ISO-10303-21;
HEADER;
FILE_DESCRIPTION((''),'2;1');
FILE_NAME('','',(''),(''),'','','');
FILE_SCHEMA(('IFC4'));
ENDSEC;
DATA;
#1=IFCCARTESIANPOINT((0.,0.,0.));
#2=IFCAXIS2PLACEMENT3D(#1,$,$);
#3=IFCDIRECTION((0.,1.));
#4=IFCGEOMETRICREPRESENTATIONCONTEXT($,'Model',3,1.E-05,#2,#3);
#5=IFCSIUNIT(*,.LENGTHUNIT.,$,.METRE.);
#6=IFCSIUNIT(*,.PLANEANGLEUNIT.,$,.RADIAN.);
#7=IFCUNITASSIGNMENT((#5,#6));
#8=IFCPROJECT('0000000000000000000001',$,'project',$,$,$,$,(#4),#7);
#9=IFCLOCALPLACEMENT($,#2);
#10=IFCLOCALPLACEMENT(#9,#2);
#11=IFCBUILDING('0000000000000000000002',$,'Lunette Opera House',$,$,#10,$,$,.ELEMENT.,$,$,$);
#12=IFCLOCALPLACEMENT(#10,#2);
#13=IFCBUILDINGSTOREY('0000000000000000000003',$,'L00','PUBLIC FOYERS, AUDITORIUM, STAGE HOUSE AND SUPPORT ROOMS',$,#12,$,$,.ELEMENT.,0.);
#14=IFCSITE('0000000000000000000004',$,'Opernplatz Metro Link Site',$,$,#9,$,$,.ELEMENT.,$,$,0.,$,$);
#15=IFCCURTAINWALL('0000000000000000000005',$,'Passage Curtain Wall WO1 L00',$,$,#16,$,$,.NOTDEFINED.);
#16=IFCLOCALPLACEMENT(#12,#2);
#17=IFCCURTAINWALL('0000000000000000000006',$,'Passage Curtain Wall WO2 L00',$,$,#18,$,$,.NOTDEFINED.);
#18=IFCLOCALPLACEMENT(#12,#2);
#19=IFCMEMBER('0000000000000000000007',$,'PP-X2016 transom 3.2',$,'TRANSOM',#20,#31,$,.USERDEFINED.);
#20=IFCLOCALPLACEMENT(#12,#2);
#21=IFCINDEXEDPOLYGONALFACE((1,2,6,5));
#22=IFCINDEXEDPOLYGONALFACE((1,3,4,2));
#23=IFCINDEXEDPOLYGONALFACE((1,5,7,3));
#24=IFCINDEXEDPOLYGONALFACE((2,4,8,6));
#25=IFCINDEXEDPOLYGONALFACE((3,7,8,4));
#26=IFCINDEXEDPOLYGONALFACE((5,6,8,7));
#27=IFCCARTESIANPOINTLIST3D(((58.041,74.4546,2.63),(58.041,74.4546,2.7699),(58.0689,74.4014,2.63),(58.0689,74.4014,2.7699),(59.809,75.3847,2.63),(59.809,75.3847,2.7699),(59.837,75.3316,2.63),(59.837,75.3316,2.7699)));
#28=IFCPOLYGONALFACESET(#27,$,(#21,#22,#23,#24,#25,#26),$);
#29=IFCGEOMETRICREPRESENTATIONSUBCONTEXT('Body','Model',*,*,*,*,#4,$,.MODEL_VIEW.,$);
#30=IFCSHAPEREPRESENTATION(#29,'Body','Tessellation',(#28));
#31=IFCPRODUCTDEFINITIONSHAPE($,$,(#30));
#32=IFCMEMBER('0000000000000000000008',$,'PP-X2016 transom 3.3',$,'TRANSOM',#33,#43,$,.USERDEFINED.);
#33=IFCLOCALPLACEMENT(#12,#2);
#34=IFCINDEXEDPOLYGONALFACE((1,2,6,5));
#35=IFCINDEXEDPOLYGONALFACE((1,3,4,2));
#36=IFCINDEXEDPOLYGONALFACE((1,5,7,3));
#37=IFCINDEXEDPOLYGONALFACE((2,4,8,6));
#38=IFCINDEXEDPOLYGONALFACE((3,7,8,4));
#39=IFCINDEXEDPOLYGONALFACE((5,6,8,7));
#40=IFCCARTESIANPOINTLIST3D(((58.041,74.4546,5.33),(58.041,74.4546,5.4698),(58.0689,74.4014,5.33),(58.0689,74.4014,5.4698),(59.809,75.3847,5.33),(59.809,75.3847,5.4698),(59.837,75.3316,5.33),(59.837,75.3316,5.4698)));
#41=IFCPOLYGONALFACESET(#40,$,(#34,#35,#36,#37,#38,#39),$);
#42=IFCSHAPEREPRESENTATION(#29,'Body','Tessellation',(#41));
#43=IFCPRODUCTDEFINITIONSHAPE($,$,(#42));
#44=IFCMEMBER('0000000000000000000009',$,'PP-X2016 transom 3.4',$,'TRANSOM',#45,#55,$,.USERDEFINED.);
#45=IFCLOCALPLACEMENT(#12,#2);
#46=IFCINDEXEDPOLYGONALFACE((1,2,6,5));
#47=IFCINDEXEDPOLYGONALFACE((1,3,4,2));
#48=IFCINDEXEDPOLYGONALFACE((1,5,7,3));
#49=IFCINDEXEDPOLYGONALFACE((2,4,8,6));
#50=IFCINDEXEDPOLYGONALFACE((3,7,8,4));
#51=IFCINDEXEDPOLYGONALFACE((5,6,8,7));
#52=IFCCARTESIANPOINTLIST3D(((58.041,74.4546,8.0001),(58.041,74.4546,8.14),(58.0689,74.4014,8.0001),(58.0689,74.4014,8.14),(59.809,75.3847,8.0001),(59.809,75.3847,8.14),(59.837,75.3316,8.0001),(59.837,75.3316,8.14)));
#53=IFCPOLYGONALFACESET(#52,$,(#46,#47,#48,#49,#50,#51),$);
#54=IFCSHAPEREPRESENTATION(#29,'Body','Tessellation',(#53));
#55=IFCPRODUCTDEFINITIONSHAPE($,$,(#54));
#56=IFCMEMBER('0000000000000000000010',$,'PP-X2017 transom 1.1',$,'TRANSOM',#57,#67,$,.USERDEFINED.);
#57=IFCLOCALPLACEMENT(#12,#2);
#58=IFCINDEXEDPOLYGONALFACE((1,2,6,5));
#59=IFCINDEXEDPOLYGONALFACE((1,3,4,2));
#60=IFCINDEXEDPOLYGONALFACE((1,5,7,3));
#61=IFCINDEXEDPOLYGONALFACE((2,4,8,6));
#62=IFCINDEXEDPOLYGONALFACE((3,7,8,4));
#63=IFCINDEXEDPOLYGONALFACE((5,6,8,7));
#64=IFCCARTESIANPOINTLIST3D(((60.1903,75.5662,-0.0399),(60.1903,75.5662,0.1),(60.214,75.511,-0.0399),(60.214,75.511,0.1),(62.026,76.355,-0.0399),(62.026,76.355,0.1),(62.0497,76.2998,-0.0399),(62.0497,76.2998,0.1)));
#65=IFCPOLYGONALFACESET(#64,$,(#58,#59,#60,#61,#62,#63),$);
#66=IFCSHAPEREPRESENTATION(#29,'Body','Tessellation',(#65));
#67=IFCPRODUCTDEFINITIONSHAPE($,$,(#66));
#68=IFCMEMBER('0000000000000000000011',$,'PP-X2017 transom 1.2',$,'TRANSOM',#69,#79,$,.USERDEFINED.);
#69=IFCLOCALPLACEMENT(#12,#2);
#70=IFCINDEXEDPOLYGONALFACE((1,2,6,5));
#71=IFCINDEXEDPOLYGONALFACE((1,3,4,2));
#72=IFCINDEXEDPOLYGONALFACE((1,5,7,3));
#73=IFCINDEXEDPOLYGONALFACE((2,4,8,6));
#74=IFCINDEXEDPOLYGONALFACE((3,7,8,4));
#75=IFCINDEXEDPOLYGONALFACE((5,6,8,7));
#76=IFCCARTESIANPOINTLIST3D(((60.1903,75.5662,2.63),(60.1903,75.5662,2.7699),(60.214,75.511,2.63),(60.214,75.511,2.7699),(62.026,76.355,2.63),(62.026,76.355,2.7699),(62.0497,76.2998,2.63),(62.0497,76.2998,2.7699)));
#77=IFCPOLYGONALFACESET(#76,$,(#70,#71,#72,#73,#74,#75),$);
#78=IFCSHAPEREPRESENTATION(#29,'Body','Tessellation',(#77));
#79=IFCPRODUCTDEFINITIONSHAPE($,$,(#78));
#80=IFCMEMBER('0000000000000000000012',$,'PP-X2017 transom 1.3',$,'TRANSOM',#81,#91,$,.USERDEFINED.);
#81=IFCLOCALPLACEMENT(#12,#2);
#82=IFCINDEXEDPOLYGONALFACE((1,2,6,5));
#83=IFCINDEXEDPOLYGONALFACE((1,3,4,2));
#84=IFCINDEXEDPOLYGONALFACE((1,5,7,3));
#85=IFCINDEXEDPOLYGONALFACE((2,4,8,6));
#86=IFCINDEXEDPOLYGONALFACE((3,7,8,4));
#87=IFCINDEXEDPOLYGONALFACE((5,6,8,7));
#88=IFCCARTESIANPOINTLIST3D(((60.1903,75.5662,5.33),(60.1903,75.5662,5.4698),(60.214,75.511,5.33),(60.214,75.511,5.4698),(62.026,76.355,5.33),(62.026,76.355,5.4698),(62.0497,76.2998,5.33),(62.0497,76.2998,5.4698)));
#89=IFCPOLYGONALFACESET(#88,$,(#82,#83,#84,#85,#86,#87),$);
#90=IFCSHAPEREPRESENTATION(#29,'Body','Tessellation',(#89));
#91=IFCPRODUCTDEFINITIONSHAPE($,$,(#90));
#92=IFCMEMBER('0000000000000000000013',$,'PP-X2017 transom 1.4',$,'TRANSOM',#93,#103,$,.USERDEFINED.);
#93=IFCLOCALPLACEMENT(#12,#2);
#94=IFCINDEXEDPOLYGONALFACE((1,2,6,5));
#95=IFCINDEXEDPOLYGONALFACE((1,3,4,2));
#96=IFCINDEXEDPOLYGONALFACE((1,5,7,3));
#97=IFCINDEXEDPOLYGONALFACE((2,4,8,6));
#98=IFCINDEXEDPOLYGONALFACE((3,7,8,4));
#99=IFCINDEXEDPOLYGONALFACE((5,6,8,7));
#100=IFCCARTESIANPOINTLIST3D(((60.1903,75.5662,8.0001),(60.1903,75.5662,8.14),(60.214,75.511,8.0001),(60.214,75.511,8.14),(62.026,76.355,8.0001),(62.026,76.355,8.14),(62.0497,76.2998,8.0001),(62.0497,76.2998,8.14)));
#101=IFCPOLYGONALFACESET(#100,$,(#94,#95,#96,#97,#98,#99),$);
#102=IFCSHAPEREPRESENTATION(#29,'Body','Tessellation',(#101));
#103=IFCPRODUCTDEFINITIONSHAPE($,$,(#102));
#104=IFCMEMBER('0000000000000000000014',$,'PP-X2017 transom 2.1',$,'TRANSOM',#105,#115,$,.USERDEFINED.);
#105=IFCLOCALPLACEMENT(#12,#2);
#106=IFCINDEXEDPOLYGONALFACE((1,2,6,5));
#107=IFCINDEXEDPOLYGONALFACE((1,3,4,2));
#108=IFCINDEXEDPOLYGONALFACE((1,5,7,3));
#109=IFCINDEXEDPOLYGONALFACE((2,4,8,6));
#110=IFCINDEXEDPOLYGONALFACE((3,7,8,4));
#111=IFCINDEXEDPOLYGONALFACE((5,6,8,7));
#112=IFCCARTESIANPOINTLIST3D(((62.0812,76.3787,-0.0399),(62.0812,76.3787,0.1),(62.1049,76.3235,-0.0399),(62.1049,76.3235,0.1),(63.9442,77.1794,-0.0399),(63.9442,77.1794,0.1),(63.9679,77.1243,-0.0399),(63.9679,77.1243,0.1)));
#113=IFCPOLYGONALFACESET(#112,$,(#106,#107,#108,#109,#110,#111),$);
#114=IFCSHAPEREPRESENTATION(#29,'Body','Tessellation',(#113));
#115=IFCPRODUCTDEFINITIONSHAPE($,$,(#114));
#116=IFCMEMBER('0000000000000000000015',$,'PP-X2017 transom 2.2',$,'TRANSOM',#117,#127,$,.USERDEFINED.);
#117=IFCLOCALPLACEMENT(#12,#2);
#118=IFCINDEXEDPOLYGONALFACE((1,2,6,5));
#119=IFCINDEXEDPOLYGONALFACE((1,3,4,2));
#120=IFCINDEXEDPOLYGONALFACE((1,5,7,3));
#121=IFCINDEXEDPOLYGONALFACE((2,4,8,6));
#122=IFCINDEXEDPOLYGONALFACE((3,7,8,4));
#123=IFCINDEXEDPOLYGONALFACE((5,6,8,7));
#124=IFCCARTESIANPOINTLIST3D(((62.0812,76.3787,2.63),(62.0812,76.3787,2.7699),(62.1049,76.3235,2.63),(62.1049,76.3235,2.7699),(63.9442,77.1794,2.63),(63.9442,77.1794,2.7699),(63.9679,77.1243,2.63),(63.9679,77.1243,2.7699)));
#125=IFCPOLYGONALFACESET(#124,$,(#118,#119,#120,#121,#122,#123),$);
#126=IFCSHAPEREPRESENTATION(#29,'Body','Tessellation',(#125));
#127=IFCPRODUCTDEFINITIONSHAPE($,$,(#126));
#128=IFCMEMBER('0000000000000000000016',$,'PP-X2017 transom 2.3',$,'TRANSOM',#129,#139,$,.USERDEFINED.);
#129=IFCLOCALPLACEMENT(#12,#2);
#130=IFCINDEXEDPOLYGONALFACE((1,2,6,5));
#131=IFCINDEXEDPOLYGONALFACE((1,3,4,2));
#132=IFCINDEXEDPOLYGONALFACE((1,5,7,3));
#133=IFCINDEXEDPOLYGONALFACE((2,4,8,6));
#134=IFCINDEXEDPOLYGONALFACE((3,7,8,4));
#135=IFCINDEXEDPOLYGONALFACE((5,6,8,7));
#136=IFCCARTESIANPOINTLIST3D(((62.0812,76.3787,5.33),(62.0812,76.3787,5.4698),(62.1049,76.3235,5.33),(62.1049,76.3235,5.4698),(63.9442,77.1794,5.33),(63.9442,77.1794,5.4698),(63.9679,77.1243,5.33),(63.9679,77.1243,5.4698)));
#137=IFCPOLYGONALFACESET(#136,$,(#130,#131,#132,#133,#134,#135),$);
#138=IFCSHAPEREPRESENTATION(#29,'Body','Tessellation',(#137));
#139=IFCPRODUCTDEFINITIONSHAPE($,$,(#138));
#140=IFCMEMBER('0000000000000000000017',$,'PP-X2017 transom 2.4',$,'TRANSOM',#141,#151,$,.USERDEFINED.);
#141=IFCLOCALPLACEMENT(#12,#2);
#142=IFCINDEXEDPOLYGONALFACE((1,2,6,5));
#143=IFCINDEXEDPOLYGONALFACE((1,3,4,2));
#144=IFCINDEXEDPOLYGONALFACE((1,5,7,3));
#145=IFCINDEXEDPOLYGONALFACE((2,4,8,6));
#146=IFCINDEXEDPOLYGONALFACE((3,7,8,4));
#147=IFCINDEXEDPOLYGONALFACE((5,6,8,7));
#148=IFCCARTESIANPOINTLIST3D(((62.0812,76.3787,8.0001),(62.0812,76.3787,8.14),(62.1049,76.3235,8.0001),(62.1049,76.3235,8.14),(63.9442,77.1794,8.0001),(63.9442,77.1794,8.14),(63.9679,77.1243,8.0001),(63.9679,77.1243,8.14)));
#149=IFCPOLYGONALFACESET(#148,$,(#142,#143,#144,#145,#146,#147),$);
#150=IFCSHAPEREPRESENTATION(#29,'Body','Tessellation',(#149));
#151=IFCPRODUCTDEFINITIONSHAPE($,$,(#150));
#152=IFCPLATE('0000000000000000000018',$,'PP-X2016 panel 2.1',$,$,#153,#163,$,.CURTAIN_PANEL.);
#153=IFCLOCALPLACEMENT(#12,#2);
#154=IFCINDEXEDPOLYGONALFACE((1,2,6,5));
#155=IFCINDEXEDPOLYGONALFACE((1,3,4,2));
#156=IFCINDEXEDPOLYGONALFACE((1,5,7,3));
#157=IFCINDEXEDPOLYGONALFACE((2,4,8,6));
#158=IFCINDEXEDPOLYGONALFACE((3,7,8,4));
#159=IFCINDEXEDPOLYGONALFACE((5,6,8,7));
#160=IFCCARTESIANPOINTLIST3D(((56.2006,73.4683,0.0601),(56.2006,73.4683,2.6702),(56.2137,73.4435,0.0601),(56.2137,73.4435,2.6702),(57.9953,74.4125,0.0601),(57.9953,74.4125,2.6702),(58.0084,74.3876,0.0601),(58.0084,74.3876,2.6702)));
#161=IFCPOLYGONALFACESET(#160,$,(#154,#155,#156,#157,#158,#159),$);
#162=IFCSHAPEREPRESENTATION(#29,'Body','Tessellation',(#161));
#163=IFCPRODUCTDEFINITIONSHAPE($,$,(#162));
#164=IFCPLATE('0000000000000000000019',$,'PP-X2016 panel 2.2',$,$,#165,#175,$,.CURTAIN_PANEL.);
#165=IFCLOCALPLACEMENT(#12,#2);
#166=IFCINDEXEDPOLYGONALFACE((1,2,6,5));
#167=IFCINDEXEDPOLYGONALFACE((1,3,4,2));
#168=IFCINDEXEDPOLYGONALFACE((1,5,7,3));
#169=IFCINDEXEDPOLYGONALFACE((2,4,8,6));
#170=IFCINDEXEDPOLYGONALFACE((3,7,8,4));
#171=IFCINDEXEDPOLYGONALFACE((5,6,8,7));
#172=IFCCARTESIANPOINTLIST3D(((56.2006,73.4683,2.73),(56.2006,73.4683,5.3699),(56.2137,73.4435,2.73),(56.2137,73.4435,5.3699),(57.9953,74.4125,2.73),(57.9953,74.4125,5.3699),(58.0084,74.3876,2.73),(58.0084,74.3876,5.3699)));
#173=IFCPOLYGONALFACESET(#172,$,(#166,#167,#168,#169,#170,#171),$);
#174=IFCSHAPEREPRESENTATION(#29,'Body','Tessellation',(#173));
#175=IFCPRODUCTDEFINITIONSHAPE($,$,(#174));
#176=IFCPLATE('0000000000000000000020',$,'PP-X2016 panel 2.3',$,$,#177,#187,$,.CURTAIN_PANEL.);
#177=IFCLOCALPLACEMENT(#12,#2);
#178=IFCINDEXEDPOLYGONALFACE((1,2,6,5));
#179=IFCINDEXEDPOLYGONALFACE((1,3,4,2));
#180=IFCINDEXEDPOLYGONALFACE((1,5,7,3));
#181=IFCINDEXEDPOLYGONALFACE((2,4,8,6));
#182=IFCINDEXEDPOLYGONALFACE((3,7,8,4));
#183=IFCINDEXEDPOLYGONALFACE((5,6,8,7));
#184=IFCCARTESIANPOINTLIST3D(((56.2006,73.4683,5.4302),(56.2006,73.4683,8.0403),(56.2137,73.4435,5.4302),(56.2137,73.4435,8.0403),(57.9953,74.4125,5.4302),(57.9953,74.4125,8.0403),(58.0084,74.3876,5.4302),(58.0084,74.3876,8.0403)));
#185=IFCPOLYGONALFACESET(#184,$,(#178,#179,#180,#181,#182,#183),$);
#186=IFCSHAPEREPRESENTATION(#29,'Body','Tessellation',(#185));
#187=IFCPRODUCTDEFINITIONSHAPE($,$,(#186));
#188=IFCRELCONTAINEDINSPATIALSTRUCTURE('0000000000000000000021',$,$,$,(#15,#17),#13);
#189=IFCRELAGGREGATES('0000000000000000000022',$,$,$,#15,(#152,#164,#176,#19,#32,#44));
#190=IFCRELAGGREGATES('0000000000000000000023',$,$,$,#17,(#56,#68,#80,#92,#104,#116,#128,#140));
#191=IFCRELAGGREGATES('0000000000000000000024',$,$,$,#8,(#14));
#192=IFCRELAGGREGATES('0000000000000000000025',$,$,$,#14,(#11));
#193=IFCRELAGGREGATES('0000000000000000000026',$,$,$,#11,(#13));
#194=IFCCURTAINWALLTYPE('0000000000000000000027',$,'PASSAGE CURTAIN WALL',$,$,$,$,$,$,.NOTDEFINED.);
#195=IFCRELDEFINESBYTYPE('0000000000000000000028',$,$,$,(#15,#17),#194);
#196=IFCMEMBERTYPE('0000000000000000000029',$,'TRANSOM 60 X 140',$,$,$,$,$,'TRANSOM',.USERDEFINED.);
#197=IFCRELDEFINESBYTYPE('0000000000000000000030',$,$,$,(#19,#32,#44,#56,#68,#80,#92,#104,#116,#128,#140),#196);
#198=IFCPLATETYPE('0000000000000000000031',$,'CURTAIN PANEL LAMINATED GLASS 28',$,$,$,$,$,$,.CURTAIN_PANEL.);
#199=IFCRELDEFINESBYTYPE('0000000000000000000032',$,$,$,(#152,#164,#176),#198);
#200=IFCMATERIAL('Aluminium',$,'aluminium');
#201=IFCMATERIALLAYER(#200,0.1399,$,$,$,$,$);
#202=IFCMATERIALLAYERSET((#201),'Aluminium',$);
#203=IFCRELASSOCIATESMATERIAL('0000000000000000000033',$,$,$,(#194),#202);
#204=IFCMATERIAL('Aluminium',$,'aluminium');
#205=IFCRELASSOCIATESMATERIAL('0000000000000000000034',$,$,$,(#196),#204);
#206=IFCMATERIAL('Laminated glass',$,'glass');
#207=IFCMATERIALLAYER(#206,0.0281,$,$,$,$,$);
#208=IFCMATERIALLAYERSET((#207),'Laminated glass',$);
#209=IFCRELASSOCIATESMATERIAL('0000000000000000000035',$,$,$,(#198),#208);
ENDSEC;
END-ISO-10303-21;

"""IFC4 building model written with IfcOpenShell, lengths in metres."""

from ifc_helpers import new_model, si_unit, direction, frame, origin, origin_2d, place, context, subcontext, project, spatial, rectangle, extrude, material, layer, layer_set, material_profile, profile_set, type_object, element, aggregate, save


model = new_model("IFC4")

# Units and contexts
model_context = context("Model", 3, precision=1e-05, world=origin(), true_north=direction((0.0, 1.0)))
body_context = subcontext(model_context, "Body", "Model", "MODEL_VIEW")
ifc_project = project(units=[si_unit("LENGTHUNIT", "METRE"), si_unit("PLANEANGLEUNIT", "RADIAN")], contexts=[model_context])

# Site, building, storey
site_placement = place(None, origin())
site = spatial("IfcSite", under=ifc_project, at=site_placement, Name="Opernplatz Metro Link Site", CompositionType="ELEMENT", RefElevation=0.0)
building_placement = place(site_placement, origin())
building = spatial("IfcBuilding", under=site, at=building_placement, Name="Lunette Opera House", CompositionType="ELEMENT")
storey_placement = place(building_placement, origin())
storey = spatial("IfcBuildingStorey", under=building, at=storey_placement, Name="L00", Description="PUBLIC FOYERS, AUDITORIUM, STAGE HOUSE AND SUPPORT ROOMS", CompositionType="ELEMENT", Elevation=0.0)

# Curtain walls
ifc_material_1 = material(Name="Aluminium", Category="aluminium")
ifc_layer_1 = layer(ifc_material_1, 0.1399)
ifc_layer_set_1 = layer_set([ifc_layer_1], Name="Aluminium")
curtain_wall_type = type_object("IfcCurtainWallType", Name="PASSAGE CURTAIN WALL", PredefinedType="NOTDEFINED", material=ifc_layer_set_1)
curtain_wall_1_placement = place(storey_placement, origin())
curtain_wall_1 = element("IfcCurtainWall", 1, at=curtain_wall_1_placement, inside=storey, type_object=curtain_wall_type, Name="Passage Curtain Wall WO1 L00", PredefinedType="NOTDEFINED")
curtain_wall_2_placement = place(storey_placement, origin())
curtain_wall_2 = element("IfcCurtainWall", 2, at=curtain_wall_2_placement, inside=storey, type_object=curtain_wall_type, Name="Passage Curtain Wall WO2 L00", PredefinedType="NOTDEFINED")

# Members
ifc_material_2 = material(Name="Aluminium", Category="aluminium")
ifc_material_profile_1 = material_profile(ifc_material_2, rectangle(XDim=0.0601, YDim=0.1399, at=origin_2d()), Name="TRANSOM 60 X 140")
ifc_profile_set_1 = profile_set([ifc_material_profile_1], Name="Aluminium")
member_type_1 = type_object("IfcMemberType", Name="TRANSOM 60 X 140", ElementType="TRANSOM", PredefinedType="USERDEFINED", material=ifc_profile_set_1)
member_1_placement = place(storey_placement, frame((58.0549, 74.428, 2.7), z_axis=(0.884998, 0.465595, 0.0), x_axis=(-0.465595, 0.884998, 0.0)))
member_1 = element("IfcMember", 3, at=member_1_placement, type_object=member_type_1, Name="PP-X2016 transom 3.2", ObjectType="TRANSOM", PredefinedType="USERDEFINED", context=body_context, shape_type="SweptSolid", body=[
    extrude(rectangle(XDim=0.0601, YDim=0.1399, at=origin_2d()), origin(), (0.0, 0.0, 1.0), 1.9978),
])
member_2_placement = place(storey_placement, frame((58.0549, 74.428, 5.3999), z_axis=(0.884998, 0.465595, 0.0), x_axis=(-0.465595, 0.884998, 0.0)))
member_2 = element("IfcMember", 4, at=member_2_placement, type_object=member_type_1, Name="PP-X2016 transom 3.3", ObjectType="TRANSOM", PredefinedType="USERDEFINED", context=body_context, shape_type="SweptSolid", body=[
    extrude(rectangle(XDim=0.0601, YDim=0.1399, at=origin_2d()), origin(), (0.0, 0.0, 1.0), 1.9978),
])
member_3_placement = place(storey_placement, frame((58.0549, 74.428, 8.0701), z_axis=(0.884998, 0.465595, 0.0), x_axis=(-0.465595, 0.884998, 0.0)))
member_3 = element("IfcMember", 5, at=member_3_placement, type_object=member_type_1, Name="PP-X2016 transom 3.4", ObjectType="TRANSOM", PredefinedType="USERDEFINED", context=body_context, shape_type="SweptSolid", body=[
    extrude(rectangle(XDim=0.0601, YDim=0.1399, at=origin_2d()), origin(), (0.0, 0.0, 1.0), 1.9978),
])
member_4_placement = place(storey_placement, frame((60.2021, 75.5386, 0.03), z_axis=(0.918765, 0.394804, 0.0), x_axis=(-0.394804, 0.918765, 0.0)))
member_4 = element("IfcMember", 6, at=member_4_placement, type_object=member_type_1, Name="PP-X2017 transom 1.1", ObjectType="TRANSOM", PredefinedType="USERDEFINED", context=body_context, shape_type="SweptSolid", body=[
    extrude(rectangle(XDim=0.0601, YDim=0.1399, at=origin_2d()), origin(), (0.0, 0.0, 1.0), 1.998),
])
member_5_placement = place(storey_placement, frame((60.2021, 75.5386, 2.7), z_axis=(0.918765, 0.394804, 0.0), x_axis=(-0.394804, 0.918765, 0.0)))
member_5 = element("IfcMember", 7, at=member_5_placement, type_object=member_type_1, Name="PP-X2017 transom 1.2", ObjectType="TRANSOM", PredefinedType="USERDEFINED", context=body_context, shape_type="SweptSolid", body=[
    extrude(rectangle(XDim=0.0601, YDim=0.1399, at=origin_2d()), origin(), (0.0, 0.0, 1.0), 1.998),
])
member_6_placement = place(storey_placement, frame((60.2021, 75.5386, 5.3999), z_axis=(0.918765, 0.394804, 0.0), x_axis=(-0.394804, 0.918765, 0.0)))
member_6 = element("IfcMember", 8, at=member_6_placement, type_object=member_type_1, Name="PP-X2017 transom 1.3", ObjectType="TRANSOM", PredefinedType="USERDEFINED", context=body_context, shape_type="SweptSolid", body=[
    extrude(rectangle(XDim=0.0601, YDim=0.1399, at=origin_2d()), origin(), (0.0, 0.0, 1.0), 1.998),
])
member_7_placement = place(storey_placement, frame((60.2021, 75.5386, 8.0701), z_axis=(0.918765, 0.394804, 0.0), x_axis=(-0.394804, 0.918765, 0.0)))
member_7 = element("IfcMember", 9, at=member_7_placement, type_object=member_type_1, Name="PP-X2017 transom 1.4", ObjectType="TRANSOM", PredefinedType="USERDEFINED", context=body_context, shape_type="SweptSolid", body=[
    extrude(rectangle(XDim=0.0601, YDim=0.1399, at=origin_2d()), origin(), (0.0, 0.0, 1.0), 1.998),
])
member_8_placement = place(storey_placement, frame((62.093, 76.3511, 0.03), z_axis=(0.918727, 0.394893, 0.0), x_axis=(-0.394893, 0.918727, 0.0)))
member_8 = element("IfcMember", 10, at=member_8_placement, type_object=member_type_1, Name="PP-X2017 transom 2.1", ObjectType="TRANSOM", PredefinedType="USERDEFINED", context=body_context, shape_type="SweptSolid", body=[
    extrude(rectangle(XDim=0.0601, YDim=0.1399, at=origin_2d()), origin(), (0.0, 0.0, 1.0), 2.0278),
])
member_9_placement = place(storey_placement, frame((62.093, 76.3511, 2.7), z_axis=(0.918727, 0.394893, 0.0), x_axis=(-0.394893, 0.918727, 0.0)))
member_9 = element("IfcMember", 11, at=member_9_placement, type_object=member_type_1, Name="PP-X2017 transom 2.2", ObjectType="TRANSOM", PredefinedType="USERDEFINED", context=body_context, shape_type="SweptSolid", body=[
    extrude(rectangle(XDim=0.0601, YDim=0.1399, at=origin_2d()), origin(), (0.0, 0.0, 1.0), 2.0278),
])
member_10_placement = place(storey_placement, frame((62.093, 76.3511, 5.3999), z_axis=(0.918727, 0.394893, 0.0), x_axis=(-0.394893, 0.918727, 0.0)))
member_10 = element("IfcMember", 12, at=member_10_placement, type_object=member_type_1, Name="PP-X2017 transom 2.3", ObjectType="TRANSOM", PredefinedType="USERDEFINED", context=body_context, shape_type="SweptSolid", body=[
    extrude(rectangle(XDim=0.0601, YDim=0.1399, at=origin_2d()), origin(), (0.0, 0.0, 1.0), 2.0278),
])
member_11_placement = place(storey_placement, frame((62.093, 76.3511, 8.0701), z_axis=(0.918727, 0.394893, 0.0), x_axis=(-0.394893, 0.918727, 0.0)))
member_11 = element("IfcMember", 13, at=member_11_placement, type_object=member_type_1, Name="PP-X2017 transom 2.4", ObjectType="TRANSOM", PredefinedType="USERDEFINED", context=body_context, shape_type="SweptSolid", body=[
    extrude(rectangle(XDim=0.0601, YDim=0.1399, at=origin_2d()), origin(), (0.0, 0.0, 1.0), 2.0278),
])

# Plates
ifc_material_3 = material(Name="Laminated glass", Category="glass")
ifc_layer_2 = layer(ifc_material_3, 0.0281)
ifc_layer_set_2 = layer_set([ifc_layer_2], Name="Laminated glass")
plate_type_1 = type_object("IfcPlateType", Name="CURTAIN PANEL LAMINATED GLASS 28", PredefinedType="CURTAIN_PANEL", material=ifc_layer_set_2)
plate_1_placement = place(storey_placement, frame((57.1045, 73.928, 0.0601), z_axis=(0.0, 0.0, 1.0), x_axis=(0.885008, 0.465575, 0.0)))
plate_1 = element("IfcPlate", 14, at=plate_1_placement, type_object=plate_type_1, Name="PP-X2016 panel 2.1", PredefinedType="CURTAIN_PANEL", context=body_context, shape_type="SweptSolid", body=[
    extrude(rectangle(XDim=2.0278, YDim=0.0281, at=origin_2d()), origin(), (0.0, 0.0, 1.0), 2.6101),
])
plate_2_placement = place(storey_placement, frame((57.1045, 73.928, 2.73), z_axis=(0.0, 0.0, 1.0), x_axis=(0.885008, 0.465575, 0.0)))
plate_2 = element("IfcPlate", 15, at=plate_2_placement, type_object=plate_type_1, Name="PP-X2016 panel 2.2", PredefinedType="CURTAIN_PANEL", context=body_context, shape_type="SweptSolid", body=[
    extrude(rectangle(XDim=2.0278, YDim=0.0281, at=origin_2d()), origin(), (0.0, 0.0, 1.0), 2.6399),
])
plate_3_placement = place(storey_placement, frame((57.1045, 73.928, 5.4302), z_axis=(0.0, 0.0, 1.0), x_axis=(0.885008, 0.465575, 0.0)))
plate_3 = element("IfcPlate", 16, at=plate_3_placement, type_object=plate_type_1, Name="PP-X2016 panel 2.3", PredefinedType="CURTAIN_PANEL", context=body_context, shape_type="SweptSolid", body=[
    extrude(rectangle(XDim=2.0278, YDim=0.0281, at=origin_2d()), origin(), (0.0, 0.0, 1.0), 2.6101),
])
aggregate(curtain_wall_1, [plate_1, plate_2, plate_3, member_1, member_2, member_3])
aggregate(curtain_wall_2, [member_4, member_5, member_6, member_7, member_8, member_9, member_10, member_11])

save(model, "model.ifc")
